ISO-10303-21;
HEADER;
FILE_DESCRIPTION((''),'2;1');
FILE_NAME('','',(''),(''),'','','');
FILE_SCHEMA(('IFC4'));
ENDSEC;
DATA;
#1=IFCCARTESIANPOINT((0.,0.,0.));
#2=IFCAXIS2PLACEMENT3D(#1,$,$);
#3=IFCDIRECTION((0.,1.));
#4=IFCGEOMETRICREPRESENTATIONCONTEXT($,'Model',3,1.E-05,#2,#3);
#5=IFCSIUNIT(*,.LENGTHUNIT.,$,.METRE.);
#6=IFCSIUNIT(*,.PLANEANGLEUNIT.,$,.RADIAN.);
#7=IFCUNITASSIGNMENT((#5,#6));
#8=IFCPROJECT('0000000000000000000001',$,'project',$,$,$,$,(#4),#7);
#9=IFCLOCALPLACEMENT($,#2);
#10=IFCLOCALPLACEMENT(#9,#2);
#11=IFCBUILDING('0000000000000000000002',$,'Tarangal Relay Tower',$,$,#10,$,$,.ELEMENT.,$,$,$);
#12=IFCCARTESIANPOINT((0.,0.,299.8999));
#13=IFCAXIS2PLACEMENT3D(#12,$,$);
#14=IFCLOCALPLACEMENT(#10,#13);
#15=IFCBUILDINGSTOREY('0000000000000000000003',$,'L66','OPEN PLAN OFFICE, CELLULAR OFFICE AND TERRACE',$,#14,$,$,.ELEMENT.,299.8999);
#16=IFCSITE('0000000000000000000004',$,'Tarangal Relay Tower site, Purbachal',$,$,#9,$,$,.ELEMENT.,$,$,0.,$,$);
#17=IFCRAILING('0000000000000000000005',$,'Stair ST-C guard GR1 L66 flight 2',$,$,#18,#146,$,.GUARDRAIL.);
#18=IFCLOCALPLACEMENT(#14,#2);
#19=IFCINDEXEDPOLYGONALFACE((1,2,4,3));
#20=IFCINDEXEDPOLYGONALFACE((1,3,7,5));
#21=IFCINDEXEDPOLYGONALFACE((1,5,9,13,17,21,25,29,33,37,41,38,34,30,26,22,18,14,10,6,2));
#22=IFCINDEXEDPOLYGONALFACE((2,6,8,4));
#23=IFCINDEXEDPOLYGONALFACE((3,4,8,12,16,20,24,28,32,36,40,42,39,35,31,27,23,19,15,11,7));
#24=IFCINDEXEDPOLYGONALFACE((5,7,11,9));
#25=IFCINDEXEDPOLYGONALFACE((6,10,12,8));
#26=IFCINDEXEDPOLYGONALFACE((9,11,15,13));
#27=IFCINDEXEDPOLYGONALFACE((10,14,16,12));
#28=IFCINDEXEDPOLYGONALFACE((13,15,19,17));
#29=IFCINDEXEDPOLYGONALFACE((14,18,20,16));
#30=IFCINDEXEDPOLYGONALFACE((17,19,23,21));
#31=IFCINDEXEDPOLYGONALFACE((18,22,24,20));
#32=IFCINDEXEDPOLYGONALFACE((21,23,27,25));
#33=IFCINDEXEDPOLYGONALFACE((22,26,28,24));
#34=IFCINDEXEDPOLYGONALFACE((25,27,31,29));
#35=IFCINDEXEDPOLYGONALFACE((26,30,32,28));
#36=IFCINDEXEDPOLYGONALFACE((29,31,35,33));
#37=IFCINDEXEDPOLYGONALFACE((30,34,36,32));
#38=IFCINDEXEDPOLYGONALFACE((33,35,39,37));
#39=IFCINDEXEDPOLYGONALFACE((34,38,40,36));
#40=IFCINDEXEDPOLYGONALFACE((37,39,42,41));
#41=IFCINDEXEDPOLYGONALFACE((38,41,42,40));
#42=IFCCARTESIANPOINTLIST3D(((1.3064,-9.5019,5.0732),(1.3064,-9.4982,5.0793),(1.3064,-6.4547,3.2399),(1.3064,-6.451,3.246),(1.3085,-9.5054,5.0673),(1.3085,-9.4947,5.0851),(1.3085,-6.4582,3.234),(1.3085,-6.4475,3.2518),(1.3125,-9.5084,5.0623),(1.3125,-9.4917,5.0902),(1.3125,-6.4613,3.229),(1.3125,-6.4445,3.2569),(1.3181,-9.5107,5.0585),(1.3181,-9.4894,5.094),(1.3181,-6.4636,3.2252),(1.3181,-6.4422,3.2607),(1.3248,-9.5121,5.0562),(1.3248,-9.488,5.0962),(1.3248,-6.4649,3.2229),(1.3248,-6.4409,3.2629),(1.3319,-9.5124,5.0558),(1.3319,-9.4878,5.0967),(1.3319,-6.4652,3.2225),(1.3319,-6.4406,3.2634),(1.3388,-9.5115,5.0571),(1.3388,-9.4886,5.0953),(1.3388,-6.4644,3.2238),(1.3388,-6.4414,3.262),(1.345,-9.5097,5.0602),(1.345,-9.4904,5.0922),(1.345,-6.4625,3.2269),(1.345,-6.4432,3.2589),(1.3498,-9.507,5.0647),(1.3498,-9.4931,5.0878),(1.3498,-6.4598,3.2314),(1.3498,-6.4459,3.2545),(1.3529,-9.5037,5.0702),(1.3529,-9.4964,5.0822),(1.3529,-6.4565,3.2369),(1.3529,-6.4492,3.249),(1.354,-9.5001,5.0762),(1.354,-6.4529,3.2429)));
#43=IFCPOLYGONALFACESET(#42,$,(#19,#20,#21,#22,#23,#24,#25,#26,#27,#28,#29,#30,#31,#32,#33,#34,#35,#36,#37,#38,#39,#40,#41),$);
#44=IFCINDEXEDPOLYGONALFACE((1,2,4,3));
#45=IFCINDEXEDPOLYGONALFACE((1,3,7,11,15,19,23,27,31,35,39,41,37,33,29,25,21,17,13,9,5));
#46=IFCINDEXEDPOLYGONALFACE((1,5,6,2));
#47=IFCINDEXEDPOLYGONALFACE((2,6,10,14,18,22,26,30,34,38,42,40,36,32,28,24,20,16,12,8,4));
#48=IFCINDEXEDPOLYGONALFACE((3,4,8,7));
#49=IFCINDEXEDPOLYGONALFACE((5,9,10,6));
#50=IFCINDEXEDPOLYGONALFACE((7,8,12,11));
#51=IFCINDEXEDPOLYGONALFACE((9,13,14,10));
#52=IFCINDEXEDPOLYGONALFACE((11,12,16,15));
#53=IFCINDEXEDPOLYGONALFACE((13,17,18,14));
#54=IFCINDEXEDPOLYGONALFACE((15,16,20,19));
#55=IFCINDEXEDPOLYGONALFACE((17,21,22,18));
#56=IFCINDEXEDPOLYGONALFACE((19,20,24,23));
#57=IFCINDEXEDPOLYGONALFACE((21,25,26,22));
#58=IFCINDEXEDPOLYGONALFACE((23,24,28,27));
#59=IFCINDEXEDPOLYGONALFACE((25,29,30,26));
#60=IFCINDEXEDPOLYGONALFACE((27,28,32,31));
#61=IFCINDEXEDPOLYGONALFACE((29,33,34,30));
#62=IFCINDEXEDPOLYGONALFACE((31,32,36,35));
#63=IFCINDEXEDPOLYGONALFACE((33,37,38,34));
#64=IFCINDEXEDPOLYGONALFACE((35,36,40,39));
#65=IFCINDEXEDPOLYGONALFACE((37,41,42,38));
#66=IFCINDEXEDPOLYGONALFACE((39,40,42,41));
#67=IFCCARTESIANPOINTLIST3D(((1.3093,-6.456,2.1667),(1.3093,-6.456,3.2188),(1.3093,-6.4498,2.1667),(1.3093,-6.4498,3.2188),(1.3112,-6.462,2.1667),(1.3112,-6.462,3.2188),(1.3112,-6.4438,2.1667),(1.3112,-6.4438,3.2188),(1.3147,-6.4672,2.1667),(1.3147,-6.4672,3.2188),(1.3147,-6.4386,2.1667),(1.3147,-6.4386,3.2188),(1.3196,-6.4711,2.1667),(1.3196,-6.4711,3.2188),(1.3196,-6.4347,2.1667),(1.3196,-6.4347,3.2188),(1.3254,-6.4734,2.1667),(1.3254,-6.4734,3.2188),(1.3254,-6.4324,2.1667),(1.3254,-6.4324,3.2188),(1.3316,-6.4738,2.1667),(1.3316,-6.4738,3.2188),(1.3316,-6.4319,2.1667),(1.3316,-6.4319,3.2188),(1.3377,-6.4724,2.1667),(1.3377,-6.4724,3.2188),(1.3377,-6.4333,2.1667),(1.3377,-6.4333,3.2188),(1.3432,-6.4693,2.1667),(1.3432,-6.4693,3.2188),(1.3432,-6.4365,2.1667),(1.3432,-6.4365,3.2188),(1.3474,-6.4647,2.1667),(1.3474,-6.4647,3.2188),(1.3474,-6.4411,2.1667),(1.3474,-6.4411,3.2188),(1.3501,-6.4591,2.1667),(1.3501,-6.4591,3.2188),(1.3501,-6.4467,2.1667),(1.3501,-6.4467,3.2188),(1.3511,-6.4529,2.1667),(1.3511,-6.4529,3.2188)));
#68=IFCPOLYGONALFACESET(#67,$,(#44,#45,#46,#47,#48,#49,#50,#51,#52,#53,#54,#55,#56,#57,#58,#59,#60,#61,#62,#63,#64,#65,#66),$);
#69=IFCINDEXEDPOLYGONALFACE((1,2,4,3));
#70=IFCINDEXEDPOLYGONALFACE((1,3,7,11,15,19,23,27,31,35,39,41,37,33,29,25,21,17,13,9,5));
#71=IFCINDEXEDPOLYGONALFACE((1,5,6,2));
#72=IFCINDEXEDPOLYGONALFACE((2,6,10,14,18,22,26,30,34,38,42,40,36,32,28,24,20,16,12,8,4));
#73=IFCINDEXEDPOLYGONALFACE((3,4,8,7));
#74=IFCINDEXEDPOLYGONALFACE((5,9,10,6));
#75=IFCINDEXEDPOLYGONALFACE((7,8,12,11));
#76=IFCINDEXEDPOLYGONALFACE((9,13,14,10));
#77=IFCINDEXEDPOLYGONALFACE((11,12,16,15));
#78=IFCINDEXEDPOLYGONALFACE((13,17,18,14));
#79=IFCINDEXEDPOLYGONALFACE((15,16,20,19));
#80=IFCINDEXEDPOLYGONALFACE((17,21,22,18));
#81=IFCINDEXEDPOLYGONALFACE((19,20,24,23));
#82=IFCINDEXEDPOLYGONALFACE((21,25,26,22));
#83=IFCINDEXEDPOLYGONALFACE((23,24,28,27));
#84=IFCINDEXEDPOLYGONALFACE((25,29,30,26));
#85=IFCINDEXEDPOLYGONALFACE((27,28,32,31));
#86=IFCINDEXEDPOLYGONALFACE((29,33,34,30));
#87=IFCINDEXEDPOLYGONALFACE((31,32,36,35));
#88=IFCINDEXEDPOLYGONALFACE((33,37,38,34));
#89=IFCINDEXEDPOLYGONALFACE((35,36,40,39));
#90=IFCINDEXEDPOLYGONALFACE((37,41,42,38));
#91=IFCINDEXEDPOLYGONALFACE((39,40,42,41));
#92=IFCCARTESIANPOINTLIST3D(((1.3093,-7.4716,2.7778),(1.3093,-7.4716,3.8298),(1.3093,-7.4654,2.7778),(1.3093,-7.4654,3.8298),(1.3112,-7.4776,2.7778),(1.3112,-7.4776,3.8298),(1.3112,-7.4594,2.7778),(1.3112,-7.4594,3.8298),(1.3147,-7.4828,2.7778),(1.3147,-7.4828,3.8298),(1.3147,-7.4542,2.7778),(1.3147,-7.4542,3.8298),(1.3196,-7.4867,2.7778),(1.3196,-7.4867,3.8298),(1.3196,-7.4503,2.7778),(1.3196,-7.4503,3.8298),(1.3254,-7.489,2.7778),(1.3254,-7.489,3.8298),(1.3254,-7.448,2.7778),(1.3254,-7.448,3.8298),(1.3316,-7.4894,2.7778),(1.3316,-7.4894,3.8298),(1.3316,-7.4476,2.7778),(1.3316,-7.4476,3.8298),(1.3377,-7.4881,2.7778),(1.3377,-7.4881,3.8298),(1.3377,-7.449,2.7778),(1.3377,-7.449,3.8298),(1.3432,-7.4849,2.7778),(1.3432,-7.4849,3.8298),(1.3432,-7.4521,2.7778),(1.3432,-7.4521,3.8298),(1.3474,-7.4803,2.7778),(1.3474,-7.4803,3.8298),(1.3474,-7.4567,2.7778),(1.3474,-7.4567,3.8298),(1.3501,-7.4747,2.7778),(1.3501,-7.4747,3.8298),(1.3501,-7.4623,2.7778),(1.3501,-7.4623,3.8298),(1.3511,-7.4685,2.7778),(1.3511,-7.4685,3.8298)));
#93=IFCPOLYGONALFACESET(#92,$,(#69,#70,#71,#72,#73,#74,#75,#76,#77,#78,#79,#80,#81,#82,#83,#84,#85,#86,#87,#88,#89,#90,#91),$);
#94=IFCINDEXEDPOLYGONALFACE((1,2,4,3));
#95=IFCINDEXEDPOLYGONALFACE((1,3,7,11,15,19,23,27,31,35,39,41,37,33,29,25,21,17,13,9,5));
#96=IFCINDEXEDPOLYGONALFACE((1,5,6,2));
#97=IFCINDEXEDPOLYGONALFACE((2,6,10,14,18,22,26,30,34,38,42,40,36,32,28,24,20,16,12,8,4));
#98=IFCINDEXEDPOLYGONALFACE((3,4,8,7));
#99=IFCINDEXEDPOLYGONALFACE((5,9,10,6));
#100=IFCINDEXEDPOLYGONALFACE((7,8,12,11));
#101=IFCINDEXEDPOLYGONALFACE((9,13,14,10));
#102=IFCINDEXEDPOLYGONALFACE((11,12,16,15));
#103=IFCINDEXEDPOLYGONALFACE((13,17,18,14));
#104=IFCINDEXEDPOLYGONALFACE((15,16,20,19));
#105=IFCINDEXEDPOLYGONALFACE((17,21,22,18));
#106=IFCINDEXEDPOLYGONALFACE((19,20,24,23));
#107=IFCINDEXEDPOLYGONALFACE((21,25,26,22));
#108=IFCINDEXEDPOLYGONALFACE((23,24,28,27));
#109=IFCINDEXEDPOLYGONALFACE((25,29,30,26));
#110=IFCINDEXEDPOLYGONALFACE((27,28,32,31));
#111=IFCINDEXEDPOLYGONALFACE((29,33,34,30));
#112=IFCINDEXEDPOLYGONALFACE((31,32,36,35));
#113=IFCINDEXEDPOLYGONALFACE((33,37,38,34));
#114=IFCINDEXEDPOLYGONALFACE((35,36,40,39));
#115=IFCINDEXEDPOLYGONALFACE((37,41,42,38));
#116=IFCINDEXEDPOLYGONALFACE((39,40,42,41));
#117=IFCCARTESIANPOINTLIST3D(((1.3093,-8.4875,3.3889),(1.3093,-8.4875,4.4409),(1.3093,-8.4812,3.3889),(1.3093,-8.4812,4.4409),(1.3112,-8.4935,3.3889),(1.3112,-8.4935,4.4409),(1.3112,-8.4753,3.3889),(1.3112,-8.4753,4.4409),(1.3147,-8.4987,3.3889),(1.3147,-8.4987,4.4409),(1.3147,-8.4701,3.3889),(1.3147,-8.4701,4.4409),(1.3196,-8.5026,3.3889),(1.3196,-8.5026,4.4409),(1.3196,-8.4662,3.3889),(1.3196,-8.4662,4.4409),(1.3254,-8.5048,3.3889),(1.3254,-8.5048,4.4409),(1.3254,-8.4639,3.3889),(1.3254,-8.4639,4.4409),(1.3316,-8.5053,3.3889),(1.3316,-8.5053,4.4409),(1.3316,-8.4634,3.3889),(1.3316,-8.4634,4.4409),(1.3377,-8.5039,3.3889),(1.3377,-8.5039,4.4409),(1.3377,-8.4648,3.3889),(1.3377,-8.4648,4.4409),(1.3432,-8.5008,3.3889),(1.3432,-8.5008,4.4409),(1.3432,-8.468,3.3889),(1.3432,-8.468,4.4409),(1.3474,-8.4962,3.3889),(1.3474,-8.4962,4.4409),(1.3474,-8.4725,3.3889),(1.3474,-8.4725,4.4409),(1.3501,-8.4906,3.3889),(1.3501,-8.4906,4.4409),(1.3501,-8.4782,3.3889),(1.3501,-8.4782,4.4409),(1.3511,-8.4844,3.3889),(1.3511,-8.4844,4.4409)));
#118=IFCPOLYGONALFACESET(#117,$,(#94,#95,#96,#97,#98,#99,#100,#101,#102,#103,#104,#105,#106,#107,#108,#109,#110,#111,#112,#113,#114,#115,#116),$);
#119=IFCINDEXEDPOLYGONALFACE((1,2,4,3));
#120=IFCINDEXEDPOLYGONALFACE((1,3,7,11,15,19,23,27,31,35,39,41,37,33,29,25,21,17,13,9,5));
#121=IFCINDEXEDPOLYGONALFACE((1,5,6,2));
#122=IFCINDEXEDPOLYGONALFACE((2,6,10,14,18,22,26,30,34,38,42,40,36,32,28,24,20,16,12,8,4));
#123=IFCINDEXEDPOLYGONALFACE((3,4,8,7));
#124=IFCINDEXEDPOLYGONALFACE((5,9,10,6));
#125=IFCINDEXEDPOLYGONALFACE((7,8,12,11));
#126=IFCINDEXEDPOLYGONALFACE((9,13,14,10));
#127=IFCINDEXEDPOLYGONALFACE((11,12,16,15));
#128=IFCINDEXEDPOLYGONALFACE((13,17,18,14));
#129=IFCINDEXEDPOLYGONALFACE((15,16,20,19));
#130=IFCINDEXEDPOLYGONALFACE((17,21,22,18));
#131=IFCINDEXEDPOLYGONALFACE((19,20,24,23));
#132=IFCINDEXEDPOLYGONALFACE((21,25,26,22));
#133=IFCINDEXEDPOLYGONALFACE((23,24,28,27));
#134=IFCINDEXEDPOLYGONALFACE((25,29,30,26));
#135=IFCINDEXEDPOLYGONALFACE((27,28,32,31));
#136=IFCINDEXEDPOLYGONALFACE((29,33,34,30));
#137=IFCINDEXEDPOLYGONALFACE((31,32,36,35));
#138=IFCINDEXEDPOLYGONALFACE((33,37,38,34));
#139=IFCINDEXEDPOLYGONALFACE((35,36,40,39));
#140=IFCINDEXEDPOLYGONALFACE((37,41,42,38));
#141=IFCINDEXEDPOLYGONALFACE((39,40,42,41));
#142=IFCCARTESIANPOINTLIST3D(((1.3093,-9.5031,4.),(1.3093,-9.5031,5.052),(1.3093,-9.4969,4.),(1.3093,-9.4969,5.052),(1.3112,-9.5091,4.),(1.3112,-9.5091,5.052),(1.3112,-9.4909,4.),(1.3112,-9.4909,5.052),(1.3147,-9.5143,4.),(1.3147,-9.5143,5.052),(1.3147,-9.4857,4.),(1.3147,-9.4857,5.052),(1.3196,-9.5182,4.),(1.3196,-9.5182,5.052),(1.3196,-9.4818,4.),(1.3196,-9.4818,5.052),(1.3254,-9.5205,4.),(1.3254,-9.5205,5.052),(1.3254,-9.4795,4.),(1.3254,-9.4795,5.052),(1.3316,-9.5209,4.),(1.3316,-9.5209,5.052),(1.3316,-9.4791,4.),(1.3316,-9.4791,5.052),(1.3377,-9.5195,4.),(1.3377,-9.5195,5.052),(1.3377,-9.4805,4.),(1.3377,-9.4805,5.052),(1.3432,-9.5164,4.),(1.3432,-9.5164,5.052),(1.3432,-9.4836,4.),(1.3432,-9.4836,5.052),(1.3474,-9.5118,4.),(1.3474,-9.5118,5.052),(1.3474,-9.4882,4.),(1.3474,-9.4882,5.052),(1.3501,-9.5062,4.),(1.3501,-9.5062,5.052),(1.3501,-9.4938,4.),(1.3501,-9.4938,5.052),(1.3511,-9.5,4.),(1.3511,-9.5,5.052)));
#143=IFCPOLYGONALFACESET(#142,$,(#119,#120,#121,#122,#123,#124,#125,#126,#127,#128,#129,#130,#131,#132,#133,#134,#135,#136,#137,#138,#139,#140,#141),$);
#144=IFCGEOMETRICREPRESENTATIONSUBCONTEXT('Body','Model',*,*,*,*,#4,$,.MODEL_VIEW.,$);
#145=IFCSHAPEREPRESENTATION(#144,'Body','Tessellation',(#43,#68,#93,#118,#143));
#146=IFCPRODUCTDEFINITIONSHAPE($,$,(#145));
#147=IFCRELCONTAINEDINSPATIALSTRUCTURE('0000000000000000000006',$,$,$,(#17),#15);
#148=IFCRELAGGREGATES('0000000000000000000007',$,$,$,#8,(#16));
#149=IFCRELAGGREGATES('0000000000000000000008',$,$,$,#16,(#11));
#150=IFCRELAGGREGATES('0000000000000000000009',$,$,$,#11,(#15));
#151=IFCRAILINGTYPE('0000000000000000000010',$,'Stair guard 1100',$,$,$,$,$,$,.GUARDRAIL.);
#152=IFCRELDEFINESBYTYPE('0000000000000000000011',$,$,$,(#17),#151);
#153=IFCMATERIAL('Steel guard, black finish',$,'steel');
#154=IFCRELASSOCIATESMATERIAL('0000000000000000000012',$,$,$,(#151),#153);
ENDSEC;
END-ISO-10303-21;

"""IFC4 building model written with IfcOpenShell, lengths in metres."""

from ifc_helpers import new_model, si_unit, direction, frame, origin, origin_2d, place, context, subcontext, project, spatial, circle, extrude, material, type_object, element, save


model = new_model("IFC4")

# Units and contexts
model_context = context("Model", 3, precision=1e-05, world=origin(), true_north=direction((0.0, 1.0)))
body_context = subcontext(model_context, "Body", "Model", "MODEL_VIEW")
ifc_project = project(units=[si_unit("LENGTHUNIT", "METRE"), si_unit("PLANEANGLEUNIT", "RADIAN")], contexts=[model_context])

# Site, building, storey
site_placement = place(None, origin())
site = spatial("IfcSite", under=ifc_project, at=site_placement, Name="Tarangal Relay Tower site, Purbachal", CompositionType="ELEMENT", RefElevation=0.0)
building_placement = place(site_placement, origin())
building = spatial("IfcBuilding", under=site, at=building_placement, Name="Tarangal Relay Tower", CompositionType="ELEMENT")
storey_placement = place(building_placement, frame((0.0, 0.0, 299.8999)))
storey = spatial("IfcBuildingStorey", under=building, at=storey_placement, Name="L66", Description="OPEN PLAN OFFICE, CELLULAR OFFICE AND TERRACE", CompositionType="ELEMENT", Elevation=299.8999)

# Railing
ifc_material_1 = material(Name="Steel guard, black finish", Category="steel")
railing_type_1 = type_object("IfcRailingType", Name="Stair guard 1100", PredefinedType="GUARDRAIL", material=ifc_material_1)
railing_1_placement = place(storey_placement, frame((1.3301, -6.4529, 2.1667)))
element("IfcRailing", 1, at=railing_1_placement, inside=storey, type_object=railing_type_1, Name="Stair ST-C guard GR1 L66 flight 2", PredefinedType="GUARDRAIL", context=body_context, shape_type="SweptSolid", body=[
    extrude(circle(Radius=0.0239, at=origin_2d()), frame((0.0, 0.0, 1.0762), z_axis=(0.0, -0.856874, 0.515525), x_axis=(1.0, 0.0, 0.0)), (0.0, 0.0, 1.0), 3.5562),
    extrude(circle(Radius=0.021, at=origin_2d()), origin(), (0.0, 0.0, 1.0), 1.052),
    extrude(circle(Radius=0.021, at=origin_2d()), frame((0.0, -1.0156, 0.6111)), (0.0, 0.0, 1.0), 1.052),
    extrude(circle(Radius=0.021, at=origin_2d()), frame((0.0, -2.0315, 1.2222)), (0.0, 0.0, 1.0), 1.052),
    extrude(circle(Radius=0.021, at=origin_2d()), frame((0.0, -3.0471, 1.8333)), (0.0, 0.0, 1.0), 1.052),
])

save(model, "model.ifc")
